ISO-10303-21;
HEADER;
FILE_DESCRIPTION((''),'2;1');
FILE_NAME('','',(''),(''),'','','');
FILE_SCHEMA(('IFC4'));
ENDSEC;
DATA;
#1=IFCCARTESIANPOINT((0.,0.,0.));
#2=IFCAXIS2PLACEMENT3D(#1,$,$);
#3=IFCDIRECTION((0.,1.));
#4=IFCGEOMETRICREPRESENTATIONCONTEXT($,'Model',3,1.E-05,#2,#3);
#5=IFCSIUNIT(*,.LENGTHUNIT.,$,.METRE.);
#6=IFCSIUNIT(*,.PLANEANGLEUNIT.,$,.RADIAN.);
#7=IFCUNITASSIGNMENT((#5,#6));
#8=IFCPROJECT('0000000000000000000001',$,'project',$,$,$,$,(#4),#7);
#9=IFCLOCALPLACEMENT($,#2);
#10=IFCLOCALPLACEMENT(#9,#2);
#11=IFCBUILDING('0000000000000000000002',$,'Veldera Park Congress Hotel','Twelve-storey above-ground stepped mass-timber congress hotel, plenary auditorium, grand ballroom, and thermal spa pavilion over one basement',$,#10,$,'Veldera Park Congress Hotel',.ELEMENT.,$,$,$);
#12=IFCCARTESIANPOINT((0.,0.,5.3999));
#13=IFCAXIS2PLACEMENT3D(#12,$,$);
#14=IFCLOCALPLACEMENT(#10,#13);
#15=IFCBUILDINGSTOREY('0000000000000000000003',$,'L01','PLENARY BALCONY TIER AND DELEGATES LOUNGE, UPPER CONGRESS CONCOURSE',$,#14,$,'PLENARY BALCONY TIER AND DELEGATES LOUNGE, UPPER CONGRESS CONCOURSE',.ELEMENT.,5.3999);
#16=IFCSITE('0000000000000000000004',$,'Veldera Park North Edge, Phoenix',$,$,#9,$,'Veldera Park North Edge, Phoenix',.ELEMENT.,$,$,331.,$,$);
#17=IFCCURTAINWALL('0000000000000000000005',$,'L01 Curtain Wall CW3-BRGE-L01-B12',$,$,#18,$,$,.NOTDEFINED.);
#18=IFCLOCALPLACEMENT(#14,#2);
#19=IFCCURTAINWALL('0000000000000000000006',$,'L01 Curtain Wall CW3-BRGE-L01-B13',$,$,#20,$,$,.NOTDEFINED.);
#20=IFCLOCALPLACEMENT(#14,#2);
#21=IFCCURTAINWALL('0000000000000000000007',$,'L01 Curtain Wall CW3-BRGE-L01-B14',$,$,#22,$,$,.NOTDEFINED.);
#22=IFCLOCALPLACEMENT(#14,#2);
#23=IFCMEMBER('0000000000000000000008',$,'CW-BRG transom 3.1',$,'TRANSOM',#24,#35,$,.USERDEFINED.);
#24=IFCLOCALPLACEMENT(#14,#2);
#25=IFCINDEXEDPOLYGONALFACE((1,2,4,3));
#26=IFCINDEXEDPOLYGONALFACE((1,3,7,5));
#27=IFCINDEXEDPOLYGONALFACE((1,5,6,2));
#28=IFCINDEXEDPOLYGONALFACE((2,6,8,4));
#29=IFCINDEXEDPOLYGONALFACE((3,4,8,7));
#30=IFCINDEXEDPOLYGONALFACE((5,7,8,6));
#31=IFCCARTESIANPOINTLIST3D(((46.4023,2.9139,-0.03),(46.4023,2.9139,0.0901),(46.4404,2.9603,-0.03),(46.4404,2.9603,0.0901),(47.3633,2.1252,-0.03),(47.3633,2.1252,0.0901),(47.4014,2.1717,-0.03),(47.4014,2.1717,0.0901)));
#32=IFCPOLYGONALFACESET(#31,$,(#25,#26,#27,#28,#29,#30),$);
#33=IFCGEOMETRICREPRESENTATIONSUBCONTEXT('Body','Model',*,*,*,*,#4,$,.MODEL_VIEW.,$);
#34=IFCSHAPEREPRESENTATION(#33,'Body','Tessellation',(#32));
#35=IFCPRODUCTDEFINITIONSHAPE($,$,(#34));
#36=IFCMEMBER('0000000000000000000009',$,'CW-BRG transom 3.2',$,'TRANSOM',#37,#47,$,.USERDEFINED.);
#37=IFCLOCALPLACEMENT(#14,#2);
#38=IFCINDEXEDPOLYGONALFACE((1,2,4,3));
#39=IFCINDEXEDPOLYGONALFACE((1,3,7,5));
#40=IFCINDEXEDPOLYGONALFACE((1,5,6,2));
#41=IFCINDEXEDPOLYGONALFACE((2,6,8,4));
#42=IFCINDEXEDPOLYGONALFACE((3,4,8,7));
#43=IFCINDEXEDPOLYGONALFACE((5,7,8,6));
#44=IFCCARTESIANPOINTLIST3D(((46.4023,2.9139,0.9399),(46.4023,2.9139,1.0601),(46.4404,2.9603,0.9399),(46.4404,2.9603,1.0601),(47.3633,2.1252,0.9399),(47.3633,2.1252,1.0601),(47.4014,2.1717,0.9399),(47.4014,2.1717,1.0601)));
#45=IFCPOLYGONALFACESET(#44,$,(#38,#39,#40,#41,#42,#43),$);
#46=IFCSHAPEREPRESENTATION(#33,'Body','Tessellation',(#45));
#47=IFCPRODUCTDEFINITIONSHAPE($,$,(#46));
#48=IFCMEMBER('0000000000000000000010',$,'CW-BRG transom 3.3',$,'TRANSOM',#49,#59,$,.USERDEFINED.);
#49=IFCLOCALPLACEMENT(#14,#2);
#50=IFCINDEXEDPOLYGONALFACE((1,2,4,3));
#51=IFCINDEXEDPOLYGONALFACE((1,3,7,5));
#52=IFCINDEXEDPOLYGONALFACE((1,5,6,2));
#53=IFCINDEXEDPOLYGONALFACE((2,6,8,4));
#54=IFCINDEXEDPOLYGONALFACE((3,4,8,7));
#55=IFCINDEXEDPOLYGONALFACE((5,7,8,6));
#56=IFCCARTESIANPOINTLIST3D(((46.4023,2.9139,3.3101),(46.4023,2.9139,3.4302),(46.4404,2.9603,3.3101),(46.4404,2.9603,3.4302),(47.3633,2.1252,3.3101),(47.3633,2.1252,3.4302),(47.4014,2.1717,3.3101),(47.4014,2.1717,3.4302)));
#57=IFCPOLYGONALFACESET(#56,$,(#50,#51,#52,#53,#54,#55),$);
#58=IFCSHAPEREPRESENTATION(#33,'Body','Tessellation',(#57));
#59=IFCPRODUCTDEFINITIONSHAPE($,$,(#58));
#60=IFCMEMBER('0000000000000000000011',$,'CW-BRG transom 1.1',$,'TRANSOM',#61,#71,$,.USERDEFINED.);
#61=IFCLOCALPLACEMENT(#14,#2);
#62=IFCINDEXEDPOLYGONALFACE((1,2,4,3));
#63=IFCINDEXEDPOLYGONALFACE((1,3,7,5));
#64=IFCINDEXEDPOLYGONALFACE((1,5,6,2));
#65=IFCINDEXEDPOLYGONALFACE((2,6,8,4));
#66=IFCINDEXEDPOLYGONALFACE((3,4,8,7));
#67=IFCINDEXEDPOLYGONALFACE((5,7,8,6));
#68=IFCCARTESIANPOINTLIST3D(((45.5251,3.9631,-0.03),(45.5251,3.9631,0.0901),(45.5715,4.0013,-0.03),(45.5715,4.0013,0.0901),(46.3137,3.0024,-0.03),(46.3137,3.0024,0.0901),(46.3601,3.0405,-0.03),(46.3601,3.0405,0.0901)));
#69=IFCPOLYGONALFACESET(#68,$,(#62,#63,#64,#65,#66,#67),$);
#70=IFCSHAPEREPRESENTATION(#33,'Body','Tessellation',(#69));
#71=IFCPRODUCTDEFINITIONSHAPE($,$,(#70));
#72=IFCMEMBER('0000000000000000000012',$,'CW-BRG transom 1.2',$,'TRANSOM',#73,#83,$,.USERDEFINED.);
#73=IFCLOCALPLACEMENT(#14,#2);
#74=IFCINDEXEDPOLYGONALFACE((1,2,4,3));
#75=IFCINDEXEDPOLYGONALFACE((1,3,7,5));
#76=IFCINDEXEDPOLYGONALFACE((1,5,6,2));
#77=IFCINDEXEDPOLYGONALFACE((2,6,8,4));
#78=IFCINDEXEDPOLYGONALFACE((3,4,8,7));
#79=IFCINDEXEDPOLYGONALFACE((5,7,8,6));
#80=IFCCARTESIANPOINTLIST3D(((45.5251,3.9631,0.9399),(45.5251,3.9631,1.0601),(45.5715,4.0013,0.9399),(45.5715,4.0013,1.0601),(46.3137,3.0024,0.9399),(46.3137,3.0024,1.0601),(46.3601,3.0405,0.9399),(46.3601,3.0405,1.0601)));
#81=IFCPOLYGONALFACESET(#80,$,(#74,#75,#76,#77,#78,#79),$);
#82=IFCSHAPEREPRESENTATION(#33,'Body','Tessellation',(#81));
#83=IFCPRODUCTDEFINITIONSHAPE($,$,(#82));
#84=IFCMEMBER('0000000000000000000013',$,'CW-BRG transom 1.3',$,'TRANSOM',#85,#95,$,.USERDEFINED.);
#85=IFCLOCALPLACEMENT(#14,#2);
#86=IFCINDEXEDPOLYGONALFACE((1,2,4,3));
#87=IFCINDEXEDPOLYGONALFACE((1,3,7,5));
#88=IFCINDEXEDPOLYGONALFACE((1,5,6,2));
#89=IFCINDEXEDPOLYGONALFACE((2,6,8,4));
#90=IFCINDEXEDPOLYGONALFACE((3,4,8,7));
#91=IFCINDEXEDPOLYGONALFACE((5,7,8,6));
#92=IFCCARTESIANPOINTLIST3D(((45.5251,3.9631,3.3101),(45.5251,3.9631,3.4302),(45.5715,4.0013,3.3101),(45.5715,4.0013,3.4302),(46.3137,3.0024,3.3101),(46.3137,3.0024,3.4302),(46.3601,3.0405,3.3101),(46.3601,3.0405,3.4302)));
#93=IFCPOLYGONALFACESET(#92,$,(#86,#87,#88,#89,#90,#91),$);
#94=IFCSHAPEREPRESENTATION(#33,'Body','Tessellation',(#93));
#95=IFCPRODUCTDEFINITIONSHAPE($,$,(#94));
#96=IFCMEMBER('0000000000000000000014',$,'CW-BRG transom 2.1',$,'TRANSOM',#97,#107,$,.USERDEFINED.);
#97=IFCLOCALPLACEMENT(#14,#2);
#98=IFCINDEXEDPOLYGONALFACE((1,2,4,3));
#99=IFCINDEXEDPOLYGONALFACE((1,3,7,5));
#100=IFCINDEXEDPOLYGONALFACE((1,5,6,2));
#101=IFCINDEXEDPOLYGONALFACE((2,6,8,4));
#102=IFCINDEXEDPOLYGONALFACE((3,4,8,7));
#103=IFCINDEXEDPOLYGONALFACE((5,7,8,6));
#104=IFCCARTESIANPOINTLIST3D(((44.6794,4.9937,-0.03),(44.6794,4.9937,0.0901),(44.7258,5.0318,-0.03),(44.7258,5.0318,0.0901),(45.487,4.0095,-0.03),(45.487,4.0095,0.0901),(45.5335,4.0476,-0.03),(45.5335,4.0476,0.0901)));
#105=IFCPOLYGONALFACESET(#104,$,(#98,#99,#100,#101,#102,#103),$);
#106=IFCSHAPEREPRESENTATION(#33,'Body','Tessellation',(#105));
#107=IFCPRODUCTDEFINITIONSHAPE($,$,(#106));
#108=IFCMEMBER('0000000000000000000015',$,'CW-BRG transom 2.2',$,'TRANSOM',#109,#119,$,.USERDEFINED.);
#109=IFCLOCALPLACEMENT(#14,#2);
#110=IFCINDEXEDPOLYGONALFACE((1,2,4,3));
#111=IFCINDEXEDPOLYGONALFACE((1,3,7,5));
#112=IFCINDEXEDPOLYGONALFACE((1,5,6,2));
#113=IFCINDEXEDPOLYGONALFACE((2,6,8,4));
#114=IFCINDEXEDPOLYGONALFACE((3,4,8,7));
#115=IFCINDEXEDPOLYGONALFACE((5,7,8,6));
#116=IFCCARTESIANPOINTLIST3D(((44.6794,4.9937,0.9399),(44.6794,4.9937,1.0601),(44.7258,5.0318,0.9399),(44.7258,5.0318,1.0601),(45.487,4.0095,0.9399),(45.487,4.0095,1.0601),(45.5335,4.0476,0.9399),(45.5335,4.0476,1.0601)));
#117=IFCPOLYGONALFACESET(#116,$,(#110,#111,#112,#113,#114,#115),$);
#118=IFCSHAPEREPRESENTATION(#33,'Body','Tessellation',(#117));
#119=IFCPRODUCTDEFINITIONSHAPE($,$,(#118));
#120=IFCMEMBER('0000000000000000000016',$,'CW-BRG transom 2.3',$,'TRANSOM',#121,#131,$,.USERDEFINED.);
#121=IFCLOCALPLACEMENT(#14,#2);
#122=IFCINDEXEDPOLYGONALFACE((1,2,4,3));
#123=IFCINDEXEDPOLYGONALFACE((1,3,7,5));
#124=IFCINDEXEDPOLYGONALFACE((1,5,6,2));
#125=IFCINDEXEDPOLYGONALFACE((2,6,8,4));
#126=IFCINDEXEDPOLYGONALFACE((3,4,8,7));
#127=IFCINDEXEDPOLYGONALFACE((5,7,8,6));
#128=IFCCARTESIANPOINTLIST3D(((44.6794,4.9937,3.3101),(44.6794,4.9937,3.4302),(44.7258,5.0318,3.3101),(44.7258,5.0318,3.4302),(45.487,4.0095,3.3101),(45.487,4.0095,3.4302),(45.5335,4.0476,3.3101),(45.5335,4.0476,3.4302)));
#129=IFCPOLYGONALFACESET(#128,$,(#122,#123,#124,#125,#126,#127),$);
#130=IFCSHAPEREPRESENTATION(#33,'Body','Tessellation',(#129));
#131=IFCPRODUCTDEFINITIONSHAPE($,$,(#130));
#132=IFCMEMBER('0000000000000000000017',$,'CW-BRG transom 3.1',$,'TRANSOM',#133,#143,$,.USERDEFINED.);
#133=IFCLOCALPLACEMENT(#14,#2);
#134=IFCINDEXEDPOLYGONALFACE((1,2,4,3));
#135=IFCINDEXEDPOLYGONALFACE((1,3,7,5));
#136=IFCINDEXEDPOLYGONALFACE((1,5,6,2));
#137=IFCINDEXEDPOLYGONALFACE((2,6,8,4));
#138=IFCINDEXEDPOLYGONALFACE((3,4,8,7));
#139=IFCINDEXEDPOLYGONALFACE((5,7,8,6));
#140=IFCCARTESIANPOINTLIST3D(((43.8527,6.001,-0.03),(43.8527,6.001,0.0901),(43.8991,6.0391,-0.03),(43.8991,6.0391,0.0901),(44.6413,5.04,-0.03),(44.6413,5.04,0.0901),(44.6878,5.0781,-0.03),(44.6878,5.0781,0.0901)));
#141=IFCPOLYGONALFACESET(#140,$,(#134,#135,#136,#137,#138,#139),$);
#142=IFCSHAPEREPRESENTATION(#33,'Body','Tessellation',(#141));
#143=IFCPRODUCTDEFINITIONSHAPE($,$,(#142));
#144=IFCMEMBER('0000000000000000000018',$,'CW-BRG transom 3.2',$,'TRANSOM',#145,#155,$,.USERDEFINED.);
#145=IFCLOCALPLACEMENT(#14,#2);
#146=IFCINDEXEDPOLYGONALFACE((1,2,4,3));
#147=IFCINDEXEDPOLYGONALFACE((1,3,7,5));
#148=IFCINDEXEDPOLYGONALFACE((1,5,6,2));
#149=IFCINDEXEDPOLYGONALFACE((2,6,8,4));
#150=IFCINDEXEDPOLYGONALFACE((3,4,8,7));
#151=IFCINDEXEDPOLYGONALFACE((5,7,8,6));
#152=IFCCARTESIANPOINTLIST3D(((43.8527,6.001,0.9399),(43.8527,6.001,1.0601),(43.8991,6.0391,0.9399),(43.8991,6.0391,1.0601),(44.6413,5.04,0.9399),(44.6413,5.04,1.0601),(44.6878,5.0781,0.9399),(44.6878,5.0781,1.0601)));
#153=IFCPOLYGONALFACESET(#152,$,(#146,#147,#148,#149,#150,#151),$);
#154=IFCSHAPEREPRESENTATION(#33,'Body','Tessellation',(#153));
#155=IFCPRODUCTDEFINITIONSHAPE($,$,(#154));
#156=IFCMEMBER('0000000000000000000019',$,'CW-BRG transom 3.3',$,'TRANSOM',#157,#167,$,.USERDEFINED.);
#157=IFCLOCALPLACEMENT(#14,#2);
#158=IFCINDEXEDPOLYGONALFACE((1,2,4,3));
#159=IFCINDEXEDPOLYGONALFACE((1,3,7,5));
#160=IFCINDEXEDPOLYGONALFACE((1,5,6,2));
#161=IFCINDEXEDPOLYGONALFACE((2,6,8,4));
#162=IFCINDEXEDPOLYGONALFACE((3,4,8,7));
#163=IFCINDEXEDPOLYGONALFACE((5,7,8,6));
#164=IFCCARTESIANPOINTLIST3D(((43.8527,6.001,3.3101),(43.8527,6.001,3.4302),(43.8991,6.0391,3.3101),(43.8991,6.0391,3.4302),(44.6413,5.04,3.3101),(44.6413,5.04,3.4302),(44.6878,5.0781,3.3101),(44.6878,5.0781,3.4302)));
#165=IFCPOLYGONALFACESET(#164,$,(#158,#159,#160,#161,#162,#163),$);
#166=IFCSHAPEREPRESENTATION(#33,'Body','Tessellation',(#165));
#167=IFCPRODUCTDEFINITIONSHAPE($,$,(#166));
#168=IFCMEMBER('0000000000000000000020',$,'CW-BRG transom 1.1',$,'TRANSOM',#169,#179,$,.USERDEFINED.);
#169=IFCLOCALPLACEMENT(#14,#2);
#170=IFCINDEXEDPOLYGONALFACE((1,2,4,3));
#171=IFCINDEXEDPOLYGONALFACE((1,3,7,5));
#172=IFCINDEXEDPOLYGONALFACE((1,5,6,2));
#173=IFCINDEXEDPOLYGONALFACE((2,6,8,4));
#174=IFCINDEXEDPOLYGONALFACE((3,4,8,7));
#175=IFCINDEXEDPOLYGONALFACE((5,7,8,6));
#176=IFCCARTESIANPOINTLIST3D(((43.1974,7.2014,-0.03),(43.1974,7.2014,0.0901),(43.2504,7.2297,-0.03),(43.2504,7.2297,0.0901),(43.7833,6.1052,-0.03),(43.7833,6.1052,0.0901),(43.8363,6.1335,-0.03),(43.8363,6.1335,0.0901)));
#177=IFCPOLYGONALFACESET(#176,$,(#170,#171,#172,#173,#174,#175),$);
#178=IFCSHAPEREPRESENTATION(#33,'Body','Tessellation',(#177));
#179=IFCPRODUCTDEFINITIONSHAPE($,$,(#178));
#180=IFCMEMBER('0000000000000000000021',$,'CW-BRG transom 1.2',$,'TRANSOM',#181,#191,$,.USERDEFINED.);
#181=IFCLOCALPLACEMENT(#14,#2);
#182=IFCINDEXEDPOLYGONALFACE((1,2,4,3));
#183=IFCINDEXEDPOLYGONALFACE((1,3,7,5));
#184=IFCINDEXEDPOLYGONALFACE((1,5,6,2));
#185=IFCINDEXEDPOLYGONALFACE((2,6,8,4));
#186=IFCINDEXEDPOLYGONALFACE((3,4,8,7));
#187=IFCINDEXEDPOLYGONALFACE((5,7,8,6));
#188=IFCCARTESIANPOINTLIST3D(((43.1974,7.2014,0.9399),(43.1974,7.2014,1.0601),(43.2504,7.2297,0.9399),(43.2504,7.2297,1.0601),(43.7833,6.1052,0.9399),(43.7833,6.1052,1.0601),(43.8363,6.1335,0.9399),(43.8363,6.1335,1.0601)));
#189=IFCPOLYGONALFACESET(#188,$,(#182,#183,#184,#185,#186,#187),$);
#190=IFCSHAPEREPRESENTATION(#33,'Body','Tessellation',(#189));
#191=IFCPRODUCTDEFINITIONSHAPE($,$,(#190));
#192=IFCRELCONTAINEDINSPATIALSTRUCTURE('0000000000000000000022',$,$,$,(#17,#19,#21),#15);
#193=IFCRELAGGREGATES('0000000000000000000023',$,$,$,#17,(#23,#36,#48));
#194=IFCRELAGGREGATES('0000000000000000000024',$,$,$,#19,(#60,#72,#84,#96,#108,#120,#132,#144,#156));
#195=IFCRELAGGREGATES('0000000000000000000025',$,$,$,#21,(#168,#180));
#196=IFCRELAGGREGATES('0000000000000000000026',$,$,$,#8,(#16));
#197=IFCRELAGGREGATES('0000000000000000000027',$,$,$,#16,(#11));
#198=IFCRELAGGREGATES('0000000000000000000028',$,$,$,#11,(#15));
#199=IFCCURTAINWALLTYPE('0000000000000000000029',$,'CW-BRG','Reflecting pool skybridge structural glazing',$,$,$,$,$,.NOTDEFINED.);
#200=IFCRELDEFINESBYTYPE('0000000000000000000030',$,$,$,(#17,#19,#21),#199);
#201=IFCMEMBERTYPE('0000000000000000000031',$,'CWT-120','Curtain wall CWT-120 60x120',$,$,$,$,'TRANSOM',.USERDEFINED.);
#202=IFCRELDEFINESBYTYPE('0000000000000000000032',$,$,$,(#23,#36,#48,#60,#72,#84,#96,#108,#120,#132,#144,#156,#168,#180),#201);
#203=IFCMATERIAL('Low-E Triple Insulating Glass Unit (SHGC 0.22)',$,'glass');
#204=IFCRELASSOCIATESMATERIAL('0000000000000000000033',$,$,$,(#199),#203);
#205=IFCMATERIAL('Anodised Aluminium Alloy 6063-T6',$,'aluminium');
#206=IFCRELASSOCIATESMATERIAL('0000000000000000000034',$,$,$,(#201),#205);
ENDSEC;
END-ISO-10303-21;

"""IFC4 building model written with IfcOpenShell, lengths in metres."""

from ifc_helpers import new_model, si_unit, direction, frame, origin, origin_2d, place, context, subcontext, project, spatial, rectangle, extrude, material, material_profile, profile_set, type_object, element, aggregate, save


model = new_model("IFC4")

# Units and contexts
model_context = context("Model", 3, precision=1e-05, world=origin(), true_north=direction((0.0, 1.0)))
body_context = subcontext(model_context, "Body", "Model", "MODEL_VIEW")
ifc_project = project(units=[si_unit("LENGTHUNIT", "METRE"), si_unit("PLANEANGLEUNIT", "RADIAN")], contexts=[model_context])

# Site, building, storey
site_placement = place(None, origin())
site = spatial("IfcSite", under=ifc_project, at=site_placement, Name="Veldera Park North Edge, Phoenix", LongName="Veldera Park North Edge, Phoenix", CompositionType="ELEMENT", RefElevation=331.0)
building_placement = place(site_placement, origin())
building = spatial("IfcBuilding", under=site, at=building_placement, Name="Veldera Park Congress Hotel", Description="Twelve-storey above-ground stepped mass-timber congress hotel, plenary auditorium, grand ballroom, and thermal spa pavilion over one basement", LongName="Veldera Park Congress Hotel", CompositionType="ELEMENT")
storey_placement = place(building_placement, frame((0.0, 0.0, 5.3999)))
storey = spatial("IfcBuildingStorey", under=building, at=storey_placement, Name="L01", Description="PLENARY BALCONY TIER AND DELEGATES LOUNGE, UPPER CONGRESS CONCOURSE", LongName="PLENARY BALCONY TIER AND DELEGATES LOUNGE, UPPER CONGRESS CONCOURSE", CompositionType="ELEMENT", Elevation=5.3999)

# Curtain walls
ifc_material_1 = material(Name="Low-E Triple Insulating Glass Unit (SHGC 0.22)", Category="glass")
curtain_wall_type = type_object("IfcCurtainWallType", Name="CW-BRG", Description="Reflecting pool skybridge structural glazing", PredefinedType="NOTDEFINED", material=ifc_material_1)
curtain_wall_1_placement = place(storey_placement, origin())
curtain_wall_1 = element("IfcCurtainWall", 1, at=curtain_wall_1_placement, inside=storey, type_object=curtain_wall_type, Name="L01 Curtain Wall CW3-BRGE-L01-B12", PredefinedType="NOTDEFINED")
ifc_material_2 = material(Name="Anodised Aluminium Alloy 6063-T6", Category="aluminium")
curtain_wall_2_placement = place(storey_placement, origin())
curtain_wall_2 = element("IfcCurtainWall", 2, at=curtain_wall_2_placement, inside=storey, type_object=curtain_wall_type, Name="L01 Curtain Wall CW3-BRGE-L01-B13", PredefinedType="NOTDEFINED")

# Curtain wall
curtain_wall_3_placement = place(storey_placement, origin())
curtain_wall_3 = element("IfcCurtainWall", 3, at=curtain_wall_3_placement, inside=storey, type_object=curtain_wall_type, Name="L01 Curtain Wall CW3-BRGE-L01-B14", PredefinedType="NOTDEFINED")

# Members
ifc_material_profile_1 = material_profile(ifc_material_2, rectangle(XDim=0.0601, YDim=0.1201, at=origin_2d()), Name="ALU 60x120")
ifc_profile_set_1 = profile_set([ifc_material_profile_1], Name="Anodised Aluminium Alloy 6063-T6")
member_type_1 = type_object("IfcMemberType", Name="CWT-120", Description="Curtain wall CWT-120 60x120", ElementType="TRANSOM", PredefinedType="USERDEFINED", material=ifc_profile_set_1)
member_1_placement = place(storey_placement, frame((47.3823, 2.1484, 0.03), z_axis=(-0.773029, 0.634371, 0.0), x_axis=(-0.634371, -0.773029, 0.0)))
member_1 = element("IfcMember", 4, at=member_1_placement, type_object=member_type_1, Name="CW-BRG transom 3.1", ObjectType="TRANSOM", PredefinedType="USERDEFINED", context=body_context, shape_type="SweptSolid", body=[
    extrude(rectangle(XDim=0.0601, YDim=0.1201, at=origin_2d()), origin(), (0.0, 0.0, 1.0), 1.2432),
])
member_2_placement = place(storey_placement, frame((47.3823, 2.1484, 1.0), z_axis=(-0.773029, 0.634371, 0.0), x_axis=(-0.634371, -0.773029, 0.0)))
member_2 = element("IfcMember", 5, at=member_2_placement, type_object=member_type_1, Name="CW-BRG transom 3.2", ObjectType="TRANSOM", PredefinedType="USERDEFINED", context=body_context, shape_type="SweptSolid", body=[
    extrude(rectangle(XDim=0.0601, YDim=0.1201, at=origin_2d()), origin(), (0.0, 0.0, 1.0), 1.2432),
])
member_3_placement = place(storey_placement, frame((47.3823, 2.1484, 3.3701), z_axis=(-0.773029, 0.634371, 0.0), x_axis=(-0.634371, -0.773029, 0.0)))
member_3 = element("IfcMember", 6, at=member_3_placement, type_object=member_type_1, Name="CW-BRG transom 3.3", ObjectType="TRANSOM", PredefinedType="USERDEFINED", context=body_context, shape_type="SweptSolid", body=[
    extrude(rectangle(XDim=0.0601, YDim=0.1201, at=origin_2d()), origin(), (0.0, 0.0, 1.0), 1.2432),
])
member_4_placement = place(storey_placement, frame((46.3369, 3.0215, 0.03), z_axis=(-0.634467, 0.77295, 0.0), x_axis=(-0.77295, -0.634467, 0.0)))
member_4 = element("IfcMember", 7, at=member_4_placement, type_object=member_type_1, Name="CW-BRG transom 1.1", ObjectType="TRANSOM", PredefinedType="USERDEFINED", context=body_context, shape_type="SweptSolid", body=[
    extrude(rectangle(XDim=0.0601, YDim=0.1201, at=origin_2d()), origin(), (0.0, 0.0, 1.0), 1.2429),
])
member_5_placement = place(storey_placement, frame((46.3369, 3.0215, 1.0), z_axis=(-0.634467, 0.77295, 0.0), x_axis=(-0.77295, -0.634467, 0.0)))
member_5 = element("IfcMember", 8, at=member_5_placement, type_object=member_type_1, Name="CW-BRG transom 1.2", ObjectType="TRANSOM", PredefinedType="USERDEFINED", context=body_context, shape_type="SweptSolid", body=[
    extrude(rectangle(XDim=0.0601, YDim=0.1201, at=origin_2d()), origin(), (0.0, 0.0, 1.0), 1.2429),
])
member_6_placement = place(storey_placement, frame((46.3369, 3.0215, 3.3701), z_axis=(-0.634467, 0.77295, 0.0), x_axis=(-0.77295, -0.634467, 0.0)))
member_6 = element("IfcMember", 9, at=member_6_placement, type_object=member_type_1, Name="CW-BRG transom 1.3", ObjectType="TRANSOM", PredefinedType="USERDEFINED", context=body_context, shape_type="SweptSolid", body=[
    extrude(rectangle(XDim=0.0601, YDim=0.1201, at=origin_2d()), origin(), (0.0, 0.0, 1.0), 1.2429),
])
member_7_placement = place(storey_placement, frame((45.5103, 4.0286, 0.03), z_axis=(-0.634375, 0.773025, 0.0), x_axis=(-0.773025, -0.634375, 0.0)))
member_7 = element("IfcMember", 10, at=member_7_placement, type_object=member_type_1, Name="CW-BRG transom 2.1", ObjectType="TRANSOM", PredefinedType="USERDEFINED", context=body_context, shape_type="SweptSolid", body=[
    extrude(rectangle(XDim=0.0601, YDim=0.1201, at=origin_2d()), origin(), (0.0, 0.0, 1.0), 1.2732),
])
member_8_placement = place(storey_placement, frame((45.5103, 4.0286, 1.0), z_axis=(-0.634375, 0.773025, 0.0), x_axis=(-0.773025, -0.634375, 0.0)))
member_8 = element("IfcMember", 11, at=member_8_placement, type_object=member_type_1, Name="CW-BRG transom 2.2", ObjectType="TRANSOM", PredefinedType="USERDEFINED", context=body_context, shape_type="SweptSolid", body=[
    extrude(rectangle(XDim=0.0601, YDim=0.1201, at=origin_2d()), origin(), (0.0, 0.0, 1.0), 1.2732),
])
member_9_placement = place(storey_placement, frame((45.5103, 4.0286, 3.3701), z_axis=(-0.634375, 0.773025, 0.0), x_axis=(-0.773025, -0.634375, 0.0)))
member_9 = element("IfcMember", 12, at=member_9_placement, type_object=member_type_1, Name="CW-BRG transom 2.3", ObjectType="TRANSOM", PredefinedType="USERDEFINED", context=body_context, shape_type="SweptSolid", body=[
    extrude(rectangle(XDim=0.0601, YDim=0.1201, at=origin_2d()), origin(), (0.0, 0.0, 1.0), 1.2732),
])
member_10_placement = place(storey_placement, frame((44.6646, 5.0591, 0.03), z_axis=(-0.634371, 0.773029, 0.0), x_axis=(-0.773029, -0.634371, 0.0)))
member_10 = element("IfcMember", 13, at=member_10_placement, type_object=member_type_1, Name="CW-BRG transom 3.1", ObjectType="TRANSOM", PredefinedType="USERDEFINED", context=body_context, shape_type="SweptSolid", body=[
    extrude(rectangle(XDim=0.0601, YDim=0.1201, at=origin_2d()), origin(), (0.0, 0.0, 1.0), 1.2432),
])
member_11_placement = place(storey_placement, frame((44.6646, 5.0591, 1.0), z_axis=(-0.634371, 0.773029, 0.0), x_axis=(-0.773029, -0.634371, 0.0)))
member_11 = element("IfcMember", 14, at=member_11_placement, type_object=member_type_1, Name="CW-BRG transom 3.2", ObjectType="TRANSOM", PredefinedType="USERDEFINED", context=body_context, shape_type="SweptSolid", body=[
    extrude(rectangle(XDim=0.0601, YDim=0.1201, at=origin_2d()), origin(), (0.0, 0.0, 1.0), 1.2432),
])
member_12_placement = place(storey_placement, frame((44.6646, 5.0591, 3.3701), z_axis=(-0.634371, 0.773029, 0.0), x_axis=(-0.773029, -0.634371, 0.0)))
member_12 = element("IfcMember", 15, at=member_12_placement, type_object=member_type_1, Name="CW-BRG transom 3.3", ObjectType="TRANSOM", PredefinedType="USERDEFINED", context=body_context, shape_type="SweptSolid", body=[
    extrude(rectangle(XDim=0.0601, YDim=0.1201, at=origin_2d()), origin(), (0.0, 0.0, 1.0), 1.2432),
])
member_13_placement = place(storey_placement, frame((43.8098, 6.1194, 0.03), z_axis=(-0.471404, 0.881918, 0.0), x_axis=(-0.881918, -0.471404, 0.0)))
member_13 = element("IfcMember", 16, at=member_13_placement, type_object=member_type_1, Name="CW-BRG transom 1.1", ObjectType="TRANSOM", PredefinedType="USERDEFINED", context=body_context, shape_type="SweptSolid", body=[
    extrude(rectangle(XDim=0.0601, YDim=0.1201, at=origin_2d()), origin(), (0.0, 0.0, 1.0), 1.2429),
])
member_14_placement = place(storey_placement, frame((43.8098, 6.1194, 1.0), z_axis=(-0.471404, 0.881918, 0.0), x_axis=(-0.881918, -0.471404, 0.0)))
member_14 = element("IfcMember", 17, at=member_14_placement, type_object=member_type_1, Name="CW-BRG transom 1.2", ObjectType="TRANSOM", PredefinedType="USERDEFINED", context=body_context, shape_type="SweptSolid", body=[
    extrude(rectangle(XDim=0.0601, YDim=0.1201, at=origin_2d()), origin(), (0.0, 0.0, 1.0), 1.2429),
])

aggregate(curtain_wall_1, [member_1, member_2, member_3])
aggregate(curtain_wall_2, [member_4, member_5, member_6, member_7, member_8, member_9, member_10, member_11, member_12])
aggregate(curtain_wall_3, [member_13, member_14])

save(model, "model.ifc")
